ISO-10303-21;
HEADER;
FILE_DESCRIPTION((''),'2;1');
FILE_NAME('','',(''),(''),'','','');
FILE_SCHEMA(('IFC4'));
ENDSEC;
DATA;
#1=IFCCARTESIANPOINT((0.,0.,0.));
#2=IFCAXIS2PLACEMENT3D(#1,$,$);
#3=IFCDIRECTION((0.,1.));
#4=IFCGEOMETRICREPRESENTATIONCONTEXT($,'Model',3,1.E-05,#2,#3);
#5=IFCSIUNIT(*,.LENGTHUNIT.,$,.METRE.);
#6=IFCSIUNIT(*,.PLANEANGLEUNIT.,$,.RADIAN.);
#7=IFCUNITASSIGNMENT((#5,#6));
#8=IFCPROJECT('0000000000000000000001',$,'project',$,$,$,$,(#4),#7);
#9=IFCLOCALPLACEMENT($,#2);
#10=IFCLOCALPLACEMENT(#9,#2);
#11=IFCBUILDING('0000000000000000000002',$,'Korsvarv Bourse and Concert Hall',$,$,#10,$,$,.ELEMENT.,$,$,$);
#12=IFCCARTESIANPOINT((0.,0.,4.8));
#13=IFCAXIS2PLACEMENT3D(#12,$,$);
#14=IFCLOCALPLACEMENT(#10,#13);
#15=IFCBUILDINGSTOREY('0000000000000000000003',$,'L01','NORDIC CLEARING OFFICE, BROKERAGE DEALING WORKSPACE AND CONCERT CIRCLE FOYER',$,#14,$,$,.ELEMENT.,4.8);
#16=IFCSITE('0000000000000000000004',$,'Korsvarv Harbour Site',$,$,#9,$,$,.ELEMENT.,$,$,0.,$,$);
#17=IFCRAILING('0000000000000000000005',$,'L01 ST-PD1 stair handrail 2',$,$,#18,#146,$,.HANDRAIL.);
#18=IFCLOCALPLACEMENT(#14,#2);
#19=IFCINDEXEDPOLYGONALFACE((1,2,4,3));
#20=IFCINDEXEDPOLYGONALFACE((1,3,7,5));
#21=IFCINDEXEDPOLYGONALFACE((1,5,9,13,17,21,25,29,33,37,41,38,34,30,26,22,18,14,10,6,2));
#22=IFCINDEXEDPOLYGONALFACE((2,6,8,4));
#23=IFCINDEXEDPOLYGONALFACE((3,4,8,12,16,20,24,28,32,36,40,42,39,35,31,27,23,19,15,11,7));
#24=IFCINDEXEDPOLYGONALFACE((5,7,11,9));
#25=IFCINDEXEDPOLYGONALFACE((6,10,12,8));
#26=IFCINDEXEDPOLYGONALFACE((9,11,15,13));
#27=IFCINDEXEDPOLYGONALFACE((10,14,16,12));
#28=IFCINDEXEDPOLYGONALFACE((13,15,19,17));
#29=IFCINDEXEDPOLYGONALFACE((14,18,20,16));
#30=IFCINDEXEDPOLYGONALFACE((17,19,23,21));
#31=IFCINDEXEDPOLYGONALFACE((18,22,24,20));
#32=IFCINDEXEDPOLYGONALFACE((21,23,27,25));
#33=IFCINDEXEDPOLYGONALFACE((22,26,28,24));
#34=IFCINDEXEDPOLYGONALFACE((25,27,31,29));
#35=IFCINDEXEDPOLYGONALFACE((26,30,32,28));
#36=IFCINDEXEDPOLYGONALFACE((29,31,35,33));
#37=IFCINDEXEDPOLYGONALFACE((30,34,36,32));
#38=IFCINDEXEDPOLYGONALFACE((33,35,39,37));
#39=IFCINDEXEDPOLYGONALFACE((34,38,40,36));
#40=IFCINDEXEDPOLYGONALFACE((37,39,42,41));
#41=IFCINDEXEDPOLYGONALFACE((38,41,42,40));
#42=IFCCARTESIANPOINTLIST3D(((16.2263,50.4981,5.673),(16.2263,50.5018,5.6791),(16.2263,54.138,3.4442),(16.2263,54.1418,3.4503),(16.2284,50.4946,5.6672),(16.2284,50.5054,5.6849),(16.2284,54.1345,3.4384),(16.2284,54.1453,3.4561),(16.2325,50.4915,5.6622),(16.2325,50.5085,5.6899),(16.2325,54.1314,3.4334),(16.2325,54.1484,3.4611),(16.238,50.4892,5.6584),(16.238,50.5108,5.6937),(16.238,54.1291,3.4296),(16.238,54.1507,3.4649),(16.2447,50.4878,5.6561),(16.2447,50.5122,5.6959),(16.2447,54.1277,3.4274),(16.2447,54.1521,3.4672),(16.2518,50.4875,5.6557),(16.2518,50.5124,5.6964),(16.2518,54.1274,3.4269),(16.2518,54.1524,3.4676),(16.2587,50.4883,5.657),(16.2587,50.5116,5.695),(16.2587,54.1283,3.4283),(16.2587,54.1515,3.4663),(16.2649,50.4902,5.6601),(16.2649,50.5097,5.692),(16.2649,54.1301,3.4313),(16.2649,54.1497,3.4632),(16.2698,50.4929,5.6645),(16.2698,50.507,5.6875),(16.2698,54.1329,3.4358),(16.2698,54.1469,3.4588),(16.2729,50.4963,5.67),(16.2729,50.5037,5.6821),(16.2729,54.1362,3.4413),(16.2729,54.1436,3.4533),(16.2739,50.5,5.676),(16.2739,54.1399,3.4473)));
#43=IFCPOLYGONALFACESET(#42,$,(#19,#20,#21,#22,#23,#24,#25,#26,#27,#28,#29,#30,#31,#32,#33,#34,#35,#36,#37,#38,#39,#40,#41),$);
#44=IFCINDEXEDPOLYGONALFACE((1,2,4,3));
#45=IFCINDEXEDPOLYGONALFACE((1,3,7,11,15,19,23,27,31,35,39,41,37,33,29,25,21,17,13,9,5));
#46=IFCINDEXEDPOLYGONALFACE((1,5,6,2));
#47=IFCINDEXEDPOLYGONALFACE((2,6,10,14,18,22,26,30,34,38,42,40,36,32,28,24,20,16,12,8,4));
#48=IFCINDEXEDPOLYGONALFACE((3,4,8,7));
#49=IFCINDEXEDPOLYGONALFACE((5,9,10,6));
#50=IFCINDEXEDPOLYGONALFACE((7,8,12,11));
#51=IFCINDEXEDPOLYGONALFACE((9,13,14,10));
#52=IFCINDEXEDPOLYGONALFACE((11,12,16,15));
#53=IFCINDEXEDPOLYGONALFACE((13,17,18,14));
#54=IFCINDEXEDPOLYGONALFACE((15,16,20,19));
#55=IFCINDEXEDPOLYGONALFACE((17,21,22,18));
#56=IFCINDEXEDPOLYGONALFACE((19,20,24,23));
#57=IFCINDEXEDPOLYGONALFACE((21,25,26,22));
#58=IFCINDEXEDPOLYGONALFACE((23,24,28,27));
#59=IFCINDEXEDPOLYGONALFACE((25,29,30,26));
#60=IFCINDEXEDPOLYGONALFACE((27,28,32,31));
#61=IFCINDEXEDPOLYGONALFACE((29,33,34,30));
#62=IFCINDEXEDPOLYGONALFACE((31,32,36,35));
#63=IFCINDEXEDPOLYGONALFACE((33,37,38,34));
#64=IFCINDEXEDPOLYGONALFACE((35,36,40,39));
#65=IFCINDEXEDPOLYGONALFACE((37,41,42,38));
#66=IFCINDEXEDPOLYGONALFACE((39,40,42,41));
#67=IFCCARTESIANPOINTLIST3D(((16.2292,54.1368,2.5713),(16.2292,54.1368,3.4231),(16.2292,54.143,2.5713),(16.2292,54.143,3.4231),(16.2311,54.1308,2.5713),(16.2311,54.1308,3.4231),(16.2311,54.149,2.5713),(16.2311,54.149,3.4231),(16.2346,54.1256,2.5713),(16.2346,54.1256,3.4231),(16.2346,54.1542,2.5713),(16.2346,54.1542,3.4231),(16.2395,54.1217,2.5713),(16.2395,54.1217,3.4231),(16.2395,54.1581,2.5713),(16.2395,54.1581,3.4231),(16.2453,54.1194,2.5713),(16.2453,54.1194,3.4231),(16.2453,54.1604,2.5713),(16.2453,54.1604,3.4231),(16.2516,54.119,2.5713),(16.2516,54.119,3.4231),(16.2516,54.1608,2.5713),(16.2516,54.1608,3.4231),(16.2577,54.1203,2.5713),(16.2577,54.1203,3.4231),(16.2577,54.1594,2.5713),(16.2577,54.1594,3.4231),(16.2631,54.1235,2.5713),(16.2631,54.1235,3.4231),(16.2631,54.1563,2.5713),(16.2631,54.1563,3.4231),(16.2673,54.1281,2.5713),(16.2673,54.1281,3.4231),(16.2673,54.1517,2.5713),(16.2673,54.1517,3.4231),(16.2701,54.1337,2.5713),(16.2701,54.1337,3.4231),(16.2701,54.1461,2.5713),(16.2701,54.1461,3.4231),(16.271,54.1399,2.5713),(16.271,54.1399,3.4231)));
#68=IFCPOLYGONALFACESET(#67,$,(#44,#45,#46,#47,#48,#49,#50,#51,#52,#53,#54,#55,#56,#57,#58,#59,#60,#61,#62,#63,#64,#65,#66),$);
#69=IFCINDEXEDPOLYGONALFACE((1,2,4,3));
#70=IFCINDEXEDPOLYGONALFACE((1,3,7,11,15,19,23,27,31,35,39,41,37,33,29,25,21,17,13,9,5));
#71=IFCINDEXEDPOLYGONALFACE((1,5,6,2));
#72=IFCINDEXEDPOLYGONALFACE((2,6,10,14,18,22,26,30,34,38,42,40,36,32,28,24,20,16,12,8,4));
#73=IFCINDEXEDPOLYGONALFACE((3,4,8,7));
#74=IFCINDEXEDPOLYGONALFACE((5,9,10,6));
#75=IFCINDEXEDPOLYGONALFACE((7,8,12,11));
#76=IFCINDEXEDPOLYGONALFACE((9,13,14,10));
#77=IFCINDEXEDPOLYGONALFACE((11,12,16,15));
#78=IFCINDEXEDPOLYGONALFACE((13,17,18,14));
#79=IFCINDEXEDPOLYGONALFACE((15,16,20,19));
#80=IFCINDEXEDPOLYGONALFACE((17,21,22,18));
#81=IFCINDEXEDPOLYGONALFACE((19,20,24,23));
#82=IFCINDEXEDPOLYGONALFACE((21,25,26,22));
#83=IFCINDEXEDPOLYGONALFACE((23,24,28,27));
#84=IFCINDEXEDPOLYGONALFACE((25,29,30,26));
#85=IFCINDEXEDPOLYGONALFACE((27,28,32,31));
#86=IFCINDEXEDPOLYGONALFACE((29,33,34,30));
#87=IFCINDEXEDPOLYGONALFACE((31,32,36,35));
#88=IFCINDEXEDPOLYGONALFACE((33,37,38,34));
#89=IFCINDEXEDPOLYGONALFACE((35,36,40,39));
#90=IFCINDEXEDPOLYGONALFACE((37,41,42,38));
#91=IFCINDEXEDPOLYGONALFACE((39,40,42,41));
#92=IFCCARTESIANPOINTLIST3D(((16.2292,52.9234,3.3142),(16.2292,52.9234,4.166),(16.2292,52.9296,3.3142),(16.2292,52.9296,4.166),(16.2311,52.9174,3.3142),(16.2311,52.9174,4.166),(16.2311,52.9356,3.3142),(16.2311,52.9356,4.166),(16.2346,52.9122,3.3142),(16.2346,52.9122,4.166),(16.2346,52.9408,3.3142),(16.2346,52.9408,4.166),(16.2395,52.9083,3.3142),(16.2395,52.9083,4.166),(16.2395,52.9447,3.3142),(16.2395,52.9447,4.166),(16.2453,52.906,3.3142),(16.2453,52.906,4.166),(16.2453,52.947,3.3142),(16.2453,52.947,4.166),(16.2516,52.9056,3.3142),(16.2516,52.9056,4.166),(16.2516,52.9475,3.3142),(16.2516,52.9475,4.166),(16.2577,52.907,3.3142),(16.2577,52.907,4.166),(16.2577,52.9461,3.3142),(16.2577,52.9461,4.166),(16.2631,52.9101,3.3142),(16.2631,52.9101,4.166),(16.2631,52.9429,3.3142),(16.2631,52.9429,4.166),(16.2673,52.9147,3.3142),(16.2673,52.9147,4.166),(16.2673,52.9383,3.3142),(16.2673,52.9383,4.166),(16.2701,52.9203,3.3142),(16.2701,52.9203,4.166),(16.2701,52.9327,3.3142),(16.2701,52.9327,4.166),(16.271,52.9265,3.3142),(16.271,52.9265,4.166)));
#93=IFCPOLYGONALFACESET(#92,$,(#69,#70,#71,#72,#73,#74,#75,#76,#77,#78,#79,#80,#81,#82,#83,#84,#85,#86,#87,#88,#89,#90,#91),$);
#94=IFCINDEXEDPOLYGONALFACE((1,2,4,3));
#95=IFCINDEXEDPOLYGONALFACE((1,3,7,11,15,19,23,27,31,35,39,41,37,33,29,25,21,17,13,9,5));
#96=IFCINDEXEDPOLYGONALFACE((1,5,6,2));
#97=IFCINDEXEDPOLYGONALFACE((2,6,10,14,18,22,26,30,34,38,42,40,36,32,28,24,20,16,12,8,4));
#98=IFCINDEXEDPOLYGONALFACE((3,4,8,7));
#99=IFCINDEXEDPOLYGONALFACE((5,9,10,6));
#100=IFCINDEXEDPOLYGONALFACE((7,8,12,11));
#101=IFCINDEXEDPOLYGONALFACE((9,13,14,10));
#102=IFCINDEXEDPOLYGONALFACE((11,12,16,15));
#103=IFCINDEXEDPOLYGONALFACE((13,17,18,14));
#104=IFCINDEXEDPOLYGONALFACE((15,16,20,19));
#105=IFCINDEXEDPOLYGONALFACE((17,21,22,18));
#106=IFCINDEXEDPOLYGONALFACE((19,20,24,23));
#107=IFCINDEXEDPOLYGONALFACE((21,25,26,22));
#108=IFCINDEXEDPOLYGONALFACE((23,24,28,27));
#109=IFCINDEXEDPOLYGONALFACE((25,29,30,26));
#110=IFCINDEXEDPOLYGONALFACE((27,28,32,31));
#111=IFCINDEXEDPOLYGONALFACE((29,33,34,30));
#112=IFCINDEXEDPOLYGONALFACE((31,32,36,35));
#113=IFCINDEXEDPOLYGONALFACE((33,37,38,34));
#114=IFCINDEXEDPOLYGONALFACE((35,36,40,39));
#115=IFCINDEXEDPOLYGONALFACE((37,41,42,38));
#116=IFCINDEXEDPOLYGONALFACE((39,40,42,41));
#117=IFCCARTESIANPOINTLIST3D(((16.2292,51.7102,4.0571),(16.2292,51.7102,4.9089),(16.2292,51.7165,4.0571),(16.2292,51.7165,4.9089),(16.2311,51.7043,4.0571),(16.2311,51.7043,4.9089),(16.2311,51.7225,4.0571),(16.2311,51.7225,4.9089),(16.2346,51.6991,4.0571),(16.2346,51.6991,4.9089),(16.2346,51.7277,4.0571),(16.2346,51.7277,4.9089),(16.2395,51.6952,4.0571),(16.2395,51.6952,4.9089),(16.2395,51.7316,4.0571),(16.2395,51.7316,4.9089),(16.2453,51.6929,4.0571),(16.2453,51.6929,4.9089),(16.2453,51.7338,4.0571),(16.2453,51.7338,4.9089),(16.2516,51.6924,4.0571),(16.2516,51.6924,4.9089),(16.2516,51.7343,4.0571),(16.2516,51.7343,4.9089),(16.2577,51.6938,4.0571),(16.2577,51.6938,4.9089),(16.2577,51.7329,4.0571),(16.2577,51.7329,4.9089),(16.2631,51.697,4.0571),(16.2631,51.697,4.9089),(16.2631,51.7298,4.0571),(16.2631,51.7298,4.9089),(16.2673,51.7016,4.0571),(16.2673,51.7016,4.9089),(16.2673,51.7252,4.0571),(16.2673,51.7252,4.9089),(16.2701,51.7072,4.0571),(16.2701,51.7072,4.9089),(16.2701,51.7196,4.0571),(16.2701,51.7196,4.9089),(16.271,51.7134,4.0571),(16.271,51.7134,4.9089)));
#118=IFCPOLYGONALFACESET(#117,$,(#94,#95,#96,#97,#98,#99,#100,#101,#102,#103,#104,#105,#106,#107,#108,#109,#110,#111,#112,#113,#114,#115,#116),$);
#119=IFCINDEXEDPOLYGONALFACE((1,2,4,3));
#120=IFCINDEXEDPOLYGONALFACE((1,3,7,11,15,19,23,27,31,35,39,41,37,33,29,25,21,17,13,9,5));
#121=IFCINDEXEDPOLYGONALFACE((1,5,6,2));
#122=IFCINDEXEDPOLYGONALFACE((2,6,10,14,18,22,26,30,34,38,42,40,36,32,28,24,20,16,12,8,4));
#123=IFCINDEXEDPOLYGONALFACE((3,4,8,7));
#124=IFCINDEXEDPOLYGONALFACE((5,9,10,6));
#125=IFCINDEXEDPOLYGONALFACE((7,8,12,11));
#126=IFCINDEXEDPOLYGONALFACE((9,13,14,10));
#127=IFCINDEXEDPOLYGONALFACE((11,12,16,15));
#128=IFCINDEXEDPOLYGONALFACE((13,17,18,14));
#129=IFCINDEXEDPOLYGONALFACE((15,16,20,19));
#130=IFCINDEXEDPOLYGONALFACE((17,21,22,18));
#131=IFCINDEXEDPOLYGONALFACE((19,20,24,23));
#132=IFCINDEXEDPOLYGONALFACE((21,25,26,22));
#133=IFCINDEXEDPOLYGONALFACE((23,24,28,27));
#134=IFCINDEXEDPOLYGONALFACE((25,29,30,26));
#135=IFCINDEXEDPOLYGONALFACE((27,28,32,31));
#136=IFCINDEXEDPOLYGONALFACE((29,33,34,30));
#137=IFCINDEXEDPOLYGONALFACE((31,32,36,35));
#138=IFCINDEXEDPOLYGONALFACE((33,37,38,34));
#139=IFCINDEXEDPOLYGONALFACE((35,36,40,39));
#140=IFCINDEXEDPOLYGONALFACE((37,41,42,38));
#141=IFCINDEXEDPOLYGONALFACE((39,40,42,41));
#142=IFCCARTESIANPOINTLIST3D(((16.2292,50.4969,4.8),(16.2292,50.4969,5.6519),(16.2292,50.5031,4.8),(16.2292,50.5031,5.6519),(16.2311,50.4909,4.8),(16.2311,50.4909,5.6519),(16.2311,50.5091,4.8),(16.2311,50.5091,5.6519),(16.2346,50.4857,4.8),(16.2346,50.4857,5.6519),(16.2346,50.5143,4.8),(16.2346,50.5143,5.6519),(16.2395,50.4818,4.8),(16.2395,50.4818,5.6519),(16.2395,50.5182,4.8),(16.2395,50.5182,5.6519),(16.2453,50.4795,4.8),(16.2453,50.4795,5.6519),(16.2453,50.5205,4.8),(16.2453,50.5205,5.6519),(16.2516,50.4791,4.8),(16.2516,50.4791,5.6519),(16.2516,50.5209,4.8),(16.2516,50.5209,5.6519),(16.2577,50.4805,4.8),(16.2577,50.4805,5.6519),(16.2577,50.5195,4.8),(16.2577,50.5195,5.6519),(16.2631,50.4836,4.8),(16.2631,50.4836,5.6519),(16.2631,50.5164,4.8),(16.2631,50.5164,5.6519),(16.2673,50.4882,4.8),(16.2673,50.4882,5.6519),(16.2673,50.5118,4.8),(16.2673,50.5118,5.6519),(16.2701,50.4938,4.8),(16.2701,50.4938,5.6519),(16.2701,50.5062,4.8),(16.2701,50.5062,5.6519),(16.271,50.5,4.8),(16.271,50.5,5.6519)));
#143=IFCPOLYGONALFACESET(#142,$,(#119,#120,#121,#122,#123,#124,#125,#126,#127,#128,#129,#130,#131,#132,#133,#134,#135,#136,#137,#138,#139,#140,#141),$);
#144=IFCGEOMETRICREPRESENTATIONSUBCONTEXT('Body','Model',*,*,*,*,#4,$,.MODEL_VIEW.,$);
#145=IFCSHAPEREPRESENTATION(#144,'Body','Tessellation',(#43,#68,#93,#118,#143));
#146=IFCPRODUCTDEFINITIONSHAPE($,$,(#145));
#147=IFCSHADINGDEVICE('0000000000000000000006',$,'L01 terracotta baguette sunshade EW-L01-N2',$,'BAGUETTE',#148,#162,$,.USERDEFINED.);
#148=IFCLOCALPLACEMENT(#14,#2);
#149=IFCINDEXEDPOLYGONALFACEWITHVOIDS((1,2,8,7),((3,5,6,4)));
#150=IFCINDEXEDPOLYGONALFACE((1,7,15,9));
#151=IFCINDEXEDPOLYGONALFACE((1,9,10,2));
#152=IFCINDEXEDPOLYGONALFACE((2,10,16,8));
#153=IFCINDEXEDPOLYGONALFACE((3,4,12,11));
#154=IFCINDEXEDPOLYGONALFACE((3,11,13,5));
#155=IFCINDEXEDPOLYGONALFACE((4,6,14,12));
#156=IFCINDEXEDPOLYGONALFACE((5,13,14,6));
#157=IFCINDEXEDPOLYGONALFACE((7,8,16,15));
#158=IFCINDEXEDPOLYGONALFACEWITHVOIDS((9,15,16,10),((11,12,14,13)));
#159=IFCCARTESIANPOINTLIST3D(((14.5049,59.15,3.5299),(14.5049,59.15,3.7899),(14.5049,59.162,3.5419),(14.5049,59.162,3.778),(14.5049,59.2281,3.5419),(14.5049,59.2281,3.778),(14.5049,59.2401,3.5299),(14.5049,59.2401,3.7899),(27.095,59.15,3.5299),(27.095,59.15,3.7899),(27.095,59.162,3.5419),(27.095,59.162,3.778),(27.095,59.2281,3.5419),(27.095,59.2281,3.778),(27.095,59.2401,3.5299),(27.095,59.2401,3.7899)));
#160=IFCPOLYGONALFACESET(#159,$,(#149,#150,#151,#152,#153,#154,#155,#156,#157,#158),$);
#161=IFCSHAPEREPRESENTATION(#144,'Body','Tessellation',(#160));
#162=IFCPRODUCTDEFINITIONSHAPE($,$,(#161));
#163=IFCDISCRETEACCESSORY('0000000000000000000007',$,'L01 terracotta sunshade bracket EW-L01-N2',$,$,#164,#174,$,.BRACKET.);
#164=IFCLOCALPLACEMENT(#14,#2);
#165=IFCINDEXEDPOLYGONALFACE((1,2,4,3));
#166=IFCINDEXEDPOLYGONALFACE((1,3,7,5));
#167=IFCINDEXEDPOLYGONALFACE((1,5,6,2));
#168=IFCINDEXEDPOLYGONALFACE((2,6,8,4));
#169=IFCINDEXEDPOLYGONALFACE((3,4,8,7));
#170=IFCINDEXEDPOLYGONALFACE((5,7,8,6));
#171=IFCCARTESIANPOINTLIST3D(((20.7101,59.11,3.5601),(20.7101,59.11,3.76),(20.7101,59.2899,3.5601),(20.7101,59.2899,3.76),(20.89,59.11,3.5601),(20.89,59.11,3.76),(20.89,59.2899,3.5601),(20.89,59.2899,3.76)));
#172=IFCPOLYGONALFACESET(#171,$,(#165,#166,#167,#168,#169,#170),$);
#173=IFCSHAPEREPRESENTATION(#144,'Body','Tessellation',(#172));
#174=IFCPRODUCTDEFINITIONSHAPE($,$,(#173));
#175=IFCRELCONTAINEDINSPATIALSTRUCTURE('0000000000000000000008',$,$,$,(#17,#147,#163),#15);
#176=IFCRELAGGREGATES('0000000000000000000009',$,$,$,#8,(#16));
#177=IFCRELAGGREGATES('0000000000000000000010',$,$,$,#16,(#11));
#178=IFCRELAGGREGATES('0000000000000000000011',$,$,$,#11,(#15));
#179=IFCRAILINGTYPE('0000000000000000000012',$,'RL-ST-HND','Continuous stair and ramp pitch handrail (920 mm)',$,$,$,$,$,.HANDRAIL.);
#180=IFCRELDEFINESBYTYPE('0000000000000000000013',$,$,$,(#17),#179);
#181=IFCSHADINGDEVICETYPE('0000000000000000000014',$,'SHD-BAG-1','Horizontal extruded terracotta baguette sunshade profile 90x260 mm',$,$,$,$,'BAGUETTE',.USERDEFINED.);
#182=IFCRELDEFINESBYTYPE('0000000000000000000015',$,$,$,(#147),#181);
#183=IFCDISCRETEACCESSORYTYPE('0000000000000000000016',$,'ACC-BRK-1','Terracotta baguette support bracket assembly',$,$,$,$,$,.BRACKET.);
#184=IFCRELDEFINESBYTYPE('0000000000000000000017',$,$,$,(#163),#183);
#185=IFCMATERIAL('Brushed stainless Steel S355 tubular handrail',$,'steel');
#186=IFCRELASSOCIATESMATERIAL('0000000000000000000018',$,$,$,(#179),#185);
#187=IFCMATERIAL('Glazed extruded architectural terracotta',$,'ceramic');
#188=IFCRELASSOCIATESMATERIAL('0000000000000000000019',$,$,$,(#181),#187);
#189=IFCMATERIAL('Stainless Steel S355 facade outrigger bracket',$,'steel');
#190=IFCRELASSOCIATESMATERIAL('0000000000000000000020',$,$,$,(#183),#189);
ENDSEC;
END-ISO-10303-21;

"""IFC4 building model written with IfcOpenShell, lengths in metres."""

from ifc_helpers import new_model, si_unit, direction, frame, origin, origin_2d, place, context, subcontext, project, spatial, rectangle, hollow_rectangle, circle, extrude, source, transform, mapped, material, material_profile, profile_set, type_object, element, save


model = new_model("IFC4")

# Units and contexts
model_context = context("Model", 3, precision=1e-05, world=origin(), true_north=direction((0.0, 1.0)))
body_context = subcontext(model_context, "Body", "Model", "MODEL_VIEW")
ifc_project = project(units=[si_unit("LENGTHUNIT", "METRE"), si_unit("PLANEANGLEUNIT", "RADIAN")], contexts=[model_context])

# Site, building, storey
site_placement = place(None, origin())
site = spatial("IfcSite", under=ifc_project, at=site_placement, Name="Korsvarv Harbour Site", CompositionType="ELEMENT", RefElevation=0.0)
building_placement = place(site_placement, origin())
building = spatial("IfcBuilding", under=site, at=building_placement, Name="Korsvarv Bourse and Concert Hall", CompositionType="ELEMENT")
storey_placement = place(building_placement, frame((0.0, 0.0, 4.8)))
storey = spatial("IfcBuildingStorey", under=building, at=storey_placement, Name="L01", Description="NORDIC CLEARING OFFICE, BROKERAGE DEALING WORKSPACE AND CONCERT CIRCLE FOYER", CompositionType="ELEMENT", Elevation=4.8)

# Railing
ifc_material_1 = material(Name="Brushed stainless Steel S355 tubular handrail", Category="steel")
railing_type_1 = type_object("IfcRailingType", Name="RL-ST-HND", Description="Continuous stair and ramp pitch handrail (920 mm)", PredefinedType="HANDRAIL", material=ifc_material_1)
railing_1_placement = place(storey_placement, frame((16.25, 54.1399, 2.5713)))
element("IfcRailing", 1, at=railing_1_placement, inside=storey, type_object=railing_type_1, Name="L01 ST-PD1 stair handrail 2", PredefinedType="HANDRAIL", context=body_context, shape_type="SweptSolid", body=[
    extrude(circle(Radius=0.0239, at=origin_2d()), frame((0.0, 0.0, 0.876), z_axis=(0.0, -0.852825, 0.522197), x_axis=(1.0, 0.0, 0.0)), (0.0, 0.0, 1.0), 4.2681),
    extrude(circle(Radius=0.021, at=origin_2d()), origin(), (0.0, 0.0, 1.0), 0.8518),
    extrude(circle(Radius=0.021, at=origin_2d()), frame((0.0, -1.2134, 0.7429)), (0.0, 0.0, 1.0), 0.8518),
    extrude(circle(Radius=0.021, at=origin_2d()), frame((0.0, -2.4265, 1.4858)), (0.0, 0.0, 1.0), 0.8518),
    extrude(circle(Radius=0.021, at=origin_2d()), frame((0.0, -3.6399, 2.2288)), (0.0, 0.0, 1.0), 0.8518),
])

# Shading device
ifc_material_2 = material(Name="Glazed extruded architectural terracotta", Category="ceramic")
ifc_material_profile_1 = material_profile(ifc_material_2, hollow_rectangle(XDim=0.0901, YDim=0.26, WallThickness=0.012, at=origin_2d()), Name="TC-BAG 90x260")
ifc_profile_set_1 = profile_set([ifc_material_profile_1], Name="Glazed extruded architectural terracotta")
shading_device_type = type_object("IfcShadingDeviceType", Name="SHD-BAG-1", Description="Horizontal extruded terracotta baguette sunshade profile 90x260 mm", ElementType="BAGUETTE", PredefinedType="USERDEFINED", material=ifc_profile_set_1)
shared_shape_1 = source(origin(), body_context, "Body", "SweptSolid", [
    extrude(hollow_rectangle(XDim=0.0901, YDim=0.26, WallThickness=0.012, at=origin_2d()), origin(), (0.0, 0.0, 1.0), 12.5901),
])
shading_device_placement = place(storey_placement, frame((14.5049, 59.1951, 3.6599), z_axis=(1.0, 0.0, 0.0), x_axis=(0.0, 1.0, 0.0)))
element("IfcShadingDevice", 2, at=shading_device_placement, inside=storey, type_object=shading_device_type, Name="L01 terracotta baguette sunshade EW-L01-N2", ObjectType="BAGUETTE", PredefinedType="USERDEFINED", context=body_context, shape_type="MappedRepresentation", body=[
    mapped(shared_shape_1, transform((0.0, 0.0, 0.0), scale=1.0)),
])

# Discrete accessory
ifc_material_3 = material(Name="Stainless Steel S355 facade outrigger bracket", Category="steel")
discrete_accessory_type = type_object("IfcDiscreteAccessoryType", Name="ACC-BRK-1", Description="Terracotta baguette support bracket assembly", PredefinedType="BRACKET", material=ifc_material_3)
shared_shape_2 = source(origin(), body_context, "Body", "SweptSolid", [
    extrude(rectangle(XDim=0.1799, YDim=0.1799, at=origin_2d()), origin(), (0.0, 0.0, 1.0), 0.2),
])
discrete_accessory_placement = place(storey_placement, frame((20.8, 59.2, 3.5601), z_axis=(0.0, 0.0, 1.0), x_axis=(1.0, 0.0, 0.0)))
element("IfcDiscreteAccessory", 3, at=discrete_accessory_placement, inside=storey, type_object=discrete_accessory_type, Name="L01 terracotta sunshade bracket EW-L01-N2", PredefinedType="BRACKET", context=body_context, shape_type="MappedRepresentation", body=[
    mapped(shared_shape_2, transform((0.0, 0.0, 0.0), scale=1.0)),
])

save(model, "model.ifc")
